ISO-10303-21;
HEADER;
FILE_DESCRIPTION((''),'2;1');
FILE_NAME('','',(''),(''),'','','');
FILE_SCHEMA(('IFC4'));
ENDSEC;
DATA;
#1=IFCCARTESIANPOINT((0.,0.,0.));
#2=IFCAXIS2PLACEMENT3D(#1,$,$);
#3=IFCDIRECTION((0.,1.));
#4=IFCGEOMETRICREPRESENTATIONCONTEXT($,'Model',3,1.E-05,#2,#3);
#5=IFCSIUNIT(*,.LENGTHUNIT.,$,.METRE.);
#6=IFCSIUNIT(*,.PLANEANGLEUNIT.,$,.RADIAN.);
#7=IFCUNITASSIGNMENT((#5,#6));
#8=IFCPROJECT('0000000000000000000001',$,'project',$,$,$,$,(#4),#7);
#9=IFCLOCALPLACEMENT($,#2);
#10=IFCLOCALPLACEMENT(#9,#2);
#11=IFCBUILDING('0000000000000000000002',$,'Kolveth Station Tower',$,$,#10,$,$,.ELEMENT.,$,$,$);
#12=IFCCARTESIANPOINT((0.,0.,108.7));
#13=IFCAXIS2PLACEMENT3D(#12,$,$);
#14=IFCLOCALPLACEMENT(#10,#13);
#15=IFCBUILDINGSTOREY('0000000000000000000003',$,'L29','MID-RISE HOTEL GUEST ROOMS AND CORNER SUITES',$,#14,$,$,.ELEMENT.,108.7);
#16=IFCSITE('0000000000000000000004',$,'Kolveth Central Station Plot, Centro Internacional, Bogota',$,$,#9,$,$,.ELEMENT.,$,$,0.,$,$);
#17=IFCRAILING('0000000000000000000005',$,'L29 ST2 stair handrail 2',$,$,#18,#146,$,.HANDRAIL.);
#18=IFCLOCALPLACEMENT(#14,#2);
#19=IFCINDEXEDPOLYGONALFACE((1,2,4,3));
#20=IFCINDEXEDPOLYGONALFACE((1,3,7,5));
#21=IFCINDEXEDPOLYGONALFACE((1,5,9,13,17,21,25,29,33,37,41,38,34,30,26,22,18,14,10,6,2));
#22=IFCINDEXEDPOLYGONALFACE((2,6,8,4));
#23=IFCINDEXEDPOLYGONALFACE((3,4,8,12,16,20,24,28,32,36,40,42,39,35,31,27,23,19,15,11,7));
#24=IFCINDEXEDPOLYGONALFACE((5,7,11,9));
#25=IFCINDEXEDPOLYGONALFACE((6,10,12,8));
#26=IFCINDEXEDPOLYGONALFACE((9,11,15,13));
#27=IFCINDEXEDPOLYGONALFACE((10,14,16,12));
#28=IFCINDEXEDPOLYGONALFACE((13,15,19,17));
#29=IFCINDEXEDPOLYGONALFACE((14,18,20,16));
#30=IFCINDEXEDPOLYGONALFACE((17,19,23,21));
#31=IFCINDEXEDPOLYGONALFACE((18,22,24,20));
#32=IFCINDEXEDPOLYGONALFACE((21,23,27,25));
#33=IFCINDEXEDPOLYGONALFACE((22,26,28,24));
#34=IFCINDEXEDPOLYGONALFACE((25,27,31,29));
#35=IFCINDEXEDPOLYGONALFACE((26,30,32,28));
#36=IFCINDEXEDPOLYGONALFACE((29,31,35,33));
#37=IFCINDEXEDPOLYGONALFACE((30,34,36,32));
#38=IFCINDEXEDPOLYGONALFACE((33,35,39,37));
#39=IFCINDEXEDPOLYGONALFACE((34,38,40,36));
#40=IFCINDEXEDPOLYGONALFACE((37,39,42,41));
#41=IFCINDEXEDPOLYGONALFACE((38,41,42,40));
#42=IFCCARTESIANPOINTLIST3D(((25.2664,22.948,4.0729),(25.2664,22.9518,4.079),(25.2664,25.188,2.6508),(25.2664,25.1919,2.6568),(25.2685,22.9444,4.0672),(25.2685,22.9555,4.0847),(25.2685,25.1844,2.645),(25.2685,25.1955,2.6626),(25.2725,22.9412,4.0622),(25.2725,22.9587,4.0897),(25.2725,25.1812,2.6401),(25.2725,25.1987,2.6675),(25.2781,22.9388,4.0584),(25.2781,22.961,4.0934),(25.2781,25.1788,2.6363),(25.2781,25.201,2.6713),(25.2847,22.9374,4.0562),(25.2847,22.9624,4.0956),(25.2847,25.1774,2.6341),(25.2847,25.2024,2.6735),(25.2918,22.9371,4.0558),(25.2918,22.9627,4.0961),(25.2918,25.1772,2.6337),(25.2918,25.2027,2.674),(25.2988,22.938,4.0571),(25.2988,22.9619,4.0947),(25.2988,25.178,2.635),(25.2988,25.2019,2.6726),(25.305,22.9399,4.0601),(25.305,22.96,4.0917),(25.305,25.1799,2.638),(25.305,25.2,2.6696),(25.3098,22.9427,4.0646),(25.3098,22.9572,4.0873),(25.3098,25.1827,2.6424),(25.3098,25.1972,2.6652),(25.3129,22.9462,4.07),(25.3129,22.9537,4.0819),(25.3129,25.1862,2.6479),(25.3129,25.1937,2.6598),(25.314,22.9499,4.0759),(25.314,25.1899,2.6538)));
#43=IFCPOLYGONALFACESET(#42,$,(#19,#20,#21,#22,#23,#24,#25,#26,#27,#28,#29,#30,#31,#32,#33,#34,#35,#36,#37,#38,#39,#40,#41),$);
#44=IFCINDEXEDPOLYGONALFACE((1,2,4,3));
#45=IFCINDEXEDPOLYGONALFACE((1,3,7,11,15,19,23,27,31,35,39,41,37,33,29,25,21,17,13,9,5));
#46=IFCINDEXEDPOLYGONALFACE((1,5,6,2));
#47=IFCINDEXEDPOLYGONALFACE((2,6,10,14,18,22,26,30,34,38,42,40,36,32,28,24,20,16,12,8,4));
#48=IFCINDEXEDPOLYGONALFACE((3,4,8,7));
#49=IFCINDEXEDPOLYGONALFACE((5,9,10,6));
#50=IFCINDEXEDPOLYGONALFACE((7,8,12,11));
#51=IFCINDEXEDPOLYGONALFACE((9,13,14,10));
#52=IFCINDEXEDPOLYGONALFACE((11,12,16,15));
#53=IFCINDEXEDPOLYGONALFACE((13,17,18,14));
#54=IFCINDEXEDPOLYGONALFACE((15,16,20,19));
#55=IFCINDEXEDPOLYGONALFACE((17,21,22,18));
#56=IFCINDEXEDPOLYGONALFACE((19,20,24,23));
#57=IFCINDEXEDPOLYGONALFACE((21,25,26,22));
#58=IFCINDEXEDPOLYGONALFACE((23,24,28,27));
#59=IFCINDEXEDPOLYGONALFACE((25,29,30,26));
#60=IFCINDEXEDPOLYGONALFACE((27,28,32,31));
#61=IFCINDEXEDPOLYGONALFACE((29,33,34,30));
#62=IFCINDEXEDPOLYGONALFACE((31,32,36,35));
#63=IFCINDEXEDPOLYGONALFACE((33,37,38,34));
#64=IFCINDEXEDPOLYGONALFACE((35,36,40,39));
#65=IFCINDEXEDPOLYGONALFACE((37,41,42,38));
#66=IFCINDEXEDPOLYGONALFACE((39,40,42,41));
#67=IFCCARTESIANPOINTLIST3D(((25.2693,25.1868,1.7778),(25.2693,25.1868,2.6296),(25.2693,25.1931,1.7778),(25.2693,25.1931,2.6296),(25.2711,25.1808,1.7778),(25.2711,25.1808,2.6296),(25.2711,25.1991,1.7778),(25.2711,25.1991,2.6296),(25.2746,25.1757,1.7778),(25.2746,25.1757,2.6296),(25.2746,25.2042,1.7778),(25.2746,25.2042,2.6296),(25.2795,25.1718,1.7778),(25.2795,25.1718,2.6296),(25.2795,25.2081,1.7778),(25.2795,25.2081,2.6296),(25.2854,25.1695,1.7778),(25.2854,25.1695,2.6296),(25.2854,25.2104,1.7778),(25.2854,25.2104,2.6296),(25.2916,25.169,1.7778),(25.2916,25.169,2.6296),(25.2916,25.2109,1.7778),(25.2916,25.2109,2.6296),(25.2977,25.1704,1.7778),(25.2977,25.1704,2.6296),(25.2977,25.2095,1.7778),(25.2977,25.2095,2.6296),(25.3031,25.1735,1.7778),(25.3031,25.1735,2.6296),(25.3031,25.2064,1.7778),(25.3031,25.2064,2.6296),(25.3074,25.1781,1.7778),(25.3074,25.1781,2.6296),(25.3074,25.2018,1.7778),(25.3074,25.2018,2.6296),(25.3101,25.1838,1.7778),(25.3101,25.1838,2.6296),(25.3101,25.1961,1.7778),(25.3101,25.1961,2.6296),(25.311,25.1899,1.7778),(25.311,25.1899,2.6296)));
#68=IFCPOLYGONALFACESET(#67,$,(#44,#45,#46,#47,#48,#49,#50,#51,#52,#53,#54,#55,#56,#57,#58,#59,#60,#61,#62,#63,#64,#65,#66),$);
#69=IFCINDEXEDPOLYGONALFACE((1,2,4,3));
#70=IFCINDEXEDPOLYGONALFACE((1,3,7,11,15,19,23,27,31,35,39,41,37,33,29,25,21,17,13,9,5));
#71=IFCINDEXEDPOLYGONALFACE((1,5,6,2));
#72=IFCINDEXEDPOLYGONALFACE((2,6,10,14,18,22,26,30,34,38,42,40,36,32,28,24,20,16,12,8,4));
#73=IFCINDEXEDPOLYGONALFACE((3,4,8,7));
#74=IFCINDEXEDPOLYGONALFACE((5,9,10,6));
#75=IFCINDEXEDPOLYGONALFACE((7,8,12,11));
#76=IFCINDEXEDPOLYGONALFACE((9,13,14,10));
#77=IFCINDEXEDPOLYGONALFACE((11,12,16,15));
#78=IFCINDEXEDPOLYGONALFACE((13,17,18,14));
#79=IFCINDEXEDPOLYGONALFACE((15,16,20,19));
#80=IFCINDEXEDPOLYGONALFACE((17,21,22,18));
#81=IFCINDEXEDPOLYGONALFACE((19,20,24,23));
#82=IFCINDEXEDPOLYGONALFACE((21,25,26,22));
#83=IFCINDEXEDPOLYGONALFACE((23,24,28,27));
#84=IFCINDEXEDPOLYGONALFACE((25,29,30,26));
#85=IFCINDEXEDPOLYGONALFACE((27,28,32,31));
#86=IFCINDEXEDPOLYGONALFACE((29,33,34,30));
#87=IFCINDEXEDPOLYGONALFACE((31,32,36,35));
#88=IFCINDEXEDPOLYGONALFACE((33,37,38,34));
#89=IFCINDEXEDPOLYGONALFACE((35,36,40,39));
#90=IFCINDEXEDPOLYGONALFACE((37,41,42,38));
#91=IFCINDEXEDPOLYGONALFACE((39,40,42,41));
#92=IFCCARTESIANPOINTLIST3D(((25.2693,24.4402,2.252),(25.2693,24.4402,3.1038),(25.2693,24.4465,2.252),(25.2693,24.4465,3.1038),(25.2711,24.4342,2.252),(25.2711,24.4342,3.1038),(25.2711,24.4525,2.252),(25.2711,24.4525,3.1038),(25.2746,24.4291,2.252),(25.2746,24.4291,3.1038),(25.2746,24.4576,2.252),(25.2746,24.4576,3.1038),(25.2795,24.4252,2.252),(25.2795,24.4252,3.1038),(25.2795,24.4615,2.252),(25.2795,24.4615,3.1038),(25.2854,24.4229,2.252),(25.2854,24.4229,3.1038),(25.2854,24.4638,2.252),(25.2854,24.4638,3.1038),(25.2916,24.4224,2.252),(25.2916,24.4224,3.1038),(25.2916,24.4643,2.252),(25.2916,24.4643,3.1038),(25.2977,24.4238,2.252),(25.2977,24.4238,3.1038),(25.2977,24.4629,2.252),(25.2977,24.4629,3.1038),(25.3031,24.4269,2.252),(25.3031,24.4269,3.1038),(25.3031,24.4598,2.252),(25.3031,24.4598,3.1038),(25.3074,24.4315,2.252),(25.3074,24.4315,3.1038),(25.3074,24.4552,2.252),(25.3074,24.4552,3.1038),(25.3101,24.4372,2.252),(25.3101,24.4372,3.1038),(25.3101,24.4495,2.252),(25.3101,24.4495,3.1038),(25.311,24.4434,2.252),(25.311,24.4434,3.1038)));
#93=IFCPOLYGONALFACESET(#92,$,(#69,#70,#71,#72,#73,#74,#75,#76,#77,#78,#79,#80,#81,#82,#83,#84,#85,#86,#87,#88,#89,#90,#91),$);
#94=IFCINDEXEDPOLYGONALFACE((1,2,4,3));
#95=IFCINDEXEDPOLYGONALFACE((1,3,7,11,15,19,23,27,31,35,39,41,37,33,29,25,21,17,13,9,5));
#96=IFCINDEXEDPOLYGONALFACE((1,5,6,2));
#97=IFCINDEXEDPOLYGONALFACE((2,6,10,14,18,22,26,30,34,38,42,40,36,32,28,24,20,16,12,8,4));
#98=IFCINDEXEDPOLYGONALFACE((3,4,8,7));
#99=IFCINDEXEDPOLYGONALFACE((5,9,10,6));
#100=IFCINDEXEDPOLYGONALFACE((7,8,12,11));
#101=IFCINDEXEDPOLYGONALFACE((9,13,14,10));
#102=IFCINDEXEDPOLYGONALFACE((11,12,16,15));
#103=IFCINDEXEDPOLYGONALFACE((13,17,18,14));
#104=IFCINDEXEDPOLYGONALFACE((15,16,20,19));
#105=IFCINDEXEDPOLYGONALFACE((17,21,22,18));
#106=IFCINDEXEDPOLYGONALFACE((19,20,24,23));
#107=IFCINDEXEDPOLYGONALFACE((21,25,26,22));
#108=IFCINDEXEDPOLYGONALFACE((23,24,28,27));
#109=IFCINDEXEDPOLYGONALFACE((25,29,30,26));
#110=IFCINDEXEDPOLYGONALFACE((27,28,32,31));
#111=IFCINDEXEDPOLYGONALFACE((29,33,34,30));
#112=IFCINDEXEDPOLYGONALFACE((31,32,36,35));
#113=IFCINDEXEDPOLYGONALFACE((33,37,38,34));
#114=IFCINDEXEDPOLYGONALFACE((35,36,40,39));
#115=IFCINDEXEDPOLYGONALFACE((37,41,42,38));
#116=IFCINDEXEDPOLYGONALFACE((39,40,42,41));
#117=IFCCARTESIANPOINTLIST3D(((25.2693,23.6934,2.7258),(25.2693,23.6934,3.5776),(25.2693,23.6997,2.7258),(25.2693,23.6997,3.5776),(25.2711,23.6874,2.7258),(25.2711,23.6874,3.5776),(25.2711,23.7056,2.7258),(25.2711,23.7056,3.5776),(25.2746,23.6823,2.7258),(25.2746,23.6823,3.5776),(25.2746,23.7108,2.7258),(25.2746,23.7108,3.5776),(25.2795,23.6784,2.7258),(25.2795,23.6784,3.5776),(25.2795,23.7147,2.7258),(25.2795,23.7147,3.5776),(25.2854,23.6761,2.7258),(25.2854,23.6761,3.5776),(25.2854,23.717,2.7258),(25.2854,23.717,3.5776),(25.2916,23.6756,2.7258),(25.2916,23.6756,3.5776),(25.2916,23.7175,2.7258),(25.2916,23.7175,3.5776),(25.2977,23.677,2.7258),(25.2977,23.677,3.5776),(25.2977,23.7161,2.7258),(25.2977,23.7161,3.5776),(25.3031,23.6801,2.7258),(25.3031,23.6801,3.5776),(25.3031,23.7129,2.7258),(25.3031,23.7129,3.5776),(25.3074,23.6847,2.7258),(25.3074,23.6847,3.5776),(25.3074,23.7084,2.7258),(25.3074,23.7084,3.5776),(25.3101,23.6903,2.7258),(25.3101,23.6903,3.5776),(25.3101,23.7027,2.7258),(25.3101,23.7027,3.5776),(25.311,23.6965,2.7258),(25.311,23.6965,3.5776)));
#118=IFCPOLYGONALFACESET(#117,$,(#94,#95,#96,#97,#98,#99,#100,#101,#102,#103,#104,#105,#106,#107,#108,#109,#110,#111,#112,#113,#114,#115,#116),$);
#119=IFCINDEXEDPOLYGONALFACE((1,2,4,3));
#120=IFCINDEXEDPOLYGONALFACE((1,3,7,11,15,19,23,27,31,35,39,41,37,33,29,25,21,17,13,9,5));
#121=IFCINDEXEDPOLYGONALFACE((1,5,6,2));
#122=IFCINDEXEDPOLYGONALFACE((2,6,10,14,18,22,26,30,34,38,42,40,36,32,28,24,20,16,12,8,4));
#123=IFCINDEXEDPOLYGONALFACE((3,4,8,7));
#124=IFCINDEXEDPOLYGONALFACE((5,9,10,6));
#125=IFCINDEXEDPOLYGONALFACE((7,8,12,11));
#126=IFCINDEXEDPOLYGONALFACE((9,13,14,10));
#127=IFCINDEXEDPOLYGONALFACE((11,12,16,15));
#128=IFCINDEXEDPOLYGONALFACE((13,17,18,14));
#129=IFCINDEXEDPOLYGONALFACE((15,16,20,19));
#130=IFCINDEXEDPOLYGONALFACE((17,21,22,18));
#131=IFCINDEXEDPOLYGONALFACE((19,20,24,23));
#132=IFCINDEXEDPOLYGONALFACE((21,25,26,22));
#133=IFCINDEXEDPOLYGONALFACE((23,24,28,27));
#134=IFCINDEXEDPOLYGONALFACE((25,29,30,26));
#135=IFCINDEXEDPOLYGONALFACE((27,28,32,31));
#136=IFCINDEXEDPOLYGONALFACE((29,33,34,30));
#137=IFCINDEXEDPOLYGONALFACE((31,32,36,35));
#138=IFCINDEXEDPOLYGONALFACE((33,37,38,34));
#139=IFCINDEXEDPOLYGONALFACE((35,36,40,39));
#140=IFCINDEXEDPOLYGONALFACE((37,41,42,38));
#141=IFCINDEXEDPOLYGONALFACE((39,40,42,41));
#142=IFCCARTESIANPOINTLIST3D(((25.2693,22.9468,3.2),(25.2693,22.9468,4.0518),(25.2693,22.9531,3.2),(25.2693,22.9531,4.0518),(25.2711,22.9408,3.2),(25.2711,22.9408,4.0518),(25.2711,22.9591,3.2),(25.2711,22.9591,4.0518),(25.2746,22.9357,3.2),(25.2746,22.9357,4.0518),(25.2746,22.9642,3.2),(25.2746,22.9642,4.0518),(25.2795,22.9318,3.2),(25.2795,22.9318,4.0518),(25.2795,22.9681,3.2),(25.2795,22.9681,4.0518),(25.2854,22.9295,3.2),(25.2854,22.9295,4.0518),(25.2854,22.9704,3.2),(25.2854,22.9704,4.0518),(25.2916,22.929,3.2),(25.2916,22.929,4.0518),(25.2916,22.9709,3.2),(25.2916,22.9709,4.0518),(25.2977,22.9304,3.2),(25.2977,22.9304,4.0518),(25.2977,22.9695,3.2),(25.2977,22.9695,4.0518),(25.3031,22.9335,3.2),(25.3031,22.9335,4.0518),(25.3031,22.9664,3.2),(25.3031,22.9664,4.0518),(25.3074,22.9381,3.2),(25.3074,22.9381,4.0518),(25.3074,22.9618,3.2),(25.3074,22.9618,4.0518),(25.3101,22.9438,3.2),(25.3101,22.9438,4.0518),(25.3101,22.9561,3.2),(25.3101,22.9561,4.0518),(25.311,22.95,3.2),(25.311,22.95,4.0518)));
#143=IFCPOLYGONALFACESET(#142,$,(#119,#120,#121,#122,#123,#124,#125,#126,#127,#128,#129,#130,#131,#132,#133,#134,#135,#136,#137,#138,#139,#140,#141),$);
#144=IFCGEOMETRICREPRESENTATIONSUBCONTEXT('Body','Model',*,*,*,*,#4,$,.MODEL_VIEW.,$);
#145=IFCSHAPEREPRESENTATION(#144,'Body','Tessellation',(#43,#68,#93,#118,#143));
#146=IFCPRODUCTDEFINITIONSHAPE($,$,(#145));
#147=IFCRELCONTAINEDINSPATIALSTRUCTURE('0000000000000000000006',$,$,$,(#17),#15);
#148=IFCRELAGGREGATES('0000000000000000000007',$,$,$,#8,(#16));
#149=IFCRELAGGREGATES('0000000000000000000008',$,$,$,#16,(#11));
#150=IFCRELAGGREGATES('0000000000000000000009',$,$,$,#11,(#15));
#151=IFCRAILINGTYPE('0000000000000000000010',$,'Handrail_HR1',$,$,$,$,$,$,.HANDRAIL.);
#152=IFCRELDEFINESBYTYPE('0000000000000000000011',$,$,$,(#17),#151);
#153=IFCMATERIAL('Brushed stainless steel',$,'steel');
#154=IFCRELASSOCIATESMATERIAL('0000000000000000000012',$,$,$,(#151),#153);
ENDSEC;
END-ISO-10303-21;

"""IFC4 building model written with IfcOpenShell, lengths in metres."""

from ifc_helpers import new_model, si_unit, direction, frame, origin, origin_2d, place, context, subcontext, project, spatial, circle, extrude, material, type_object, element, save


model = new_model("IFC4")

# Units and contexts
model_context = context("Model", 3, precision=1e-05, world=origin(), true_north=direction((0.0, 1.0)))
body_context = subcontext(model_context, "Body", "Model", "MODEL_VIEW")
ifc_project = project(units=[si_unit("LENGTHUNIT", "METRE"), si_unit("PLANEANGLEUNIT", "RADIAN")], contexts=[model_context])

# Site, building, storey
site_placement = place(None, origin())
site = spatial("IfcSite", under=ifc_project, at=site_placement, Name="Kolveth Central Station Plot, Centro Internacional, Bogota", CompositionType="ELEMENT", RefElevation=0.0)
building_placement = place(site_placement, origin())
building = spatial("IfcBuilding", under=site, at=building_placement, Name="Kolveth Station Tower", CompositionType="ELEMENT")
storey_placement = place(building_placement, frame((0.0, 0.0, 108.7)))
storey = spatial("IfcBuildingStorey", under=building, at=storey_placement, Name="L29", Description="MID-RISE HOTEL GUEST ROOMS AND CORNER SUITES", CompositionType="ELEMENT", Elevation=108.7)

# Railing
ifc_material_1 = material(Name="Brushed stainless steel", Category="steel")
railing_type_1 = type_object("IfcRailingType", Name="Handrail_HR1", PredefinedType="HANDRAIL", material=ifc_material_1)
railing_1_placement = place(storey_placement, frame((25.29, 25.1899, 1.7778)))
element("IfcRailing", 1, at=railing_1_placement, inside=storey, type_object=railing_type_1, Name="L29 ST2 stair handrail 2", PredefinedType="HANDRAIL", context=body_context, shape_type="SweptSolid", body=[
    extrude(circle(Radius=0.0239, at=origin_2d()), frame((0.0, 0.0, 0.876), z_axis=(0.0, -0.844229, 0.535982), x_axis=(1.0, 0.0, 0.0)), (0.0, 0.0, 1.0), 2.6533),
    extrude(circle(Radius=0.021, at=origin_2d()), origin(), (0.0, 0.0, 1.0), 0.8518),
    extrude(circle(Radius=0.021, at=origin_2d()), frame((0.0, -0.7466, 0.4741)), (0.0, 0.0, 1.0), 0.8518),
    extrude(circle(Radius=0.021, at=origin_2d()), frame((0.0, -1.4934, 0.948)), (0.0, 0.0, 1.0), 0.8518),
    extrude(circle(Radius=0.021, at=origin_2d()), frame((0.0, -2.24, 1.4221)), (0.0, 0.0, 1.0), 0.8518),
])

save(model, "model.ifc")
